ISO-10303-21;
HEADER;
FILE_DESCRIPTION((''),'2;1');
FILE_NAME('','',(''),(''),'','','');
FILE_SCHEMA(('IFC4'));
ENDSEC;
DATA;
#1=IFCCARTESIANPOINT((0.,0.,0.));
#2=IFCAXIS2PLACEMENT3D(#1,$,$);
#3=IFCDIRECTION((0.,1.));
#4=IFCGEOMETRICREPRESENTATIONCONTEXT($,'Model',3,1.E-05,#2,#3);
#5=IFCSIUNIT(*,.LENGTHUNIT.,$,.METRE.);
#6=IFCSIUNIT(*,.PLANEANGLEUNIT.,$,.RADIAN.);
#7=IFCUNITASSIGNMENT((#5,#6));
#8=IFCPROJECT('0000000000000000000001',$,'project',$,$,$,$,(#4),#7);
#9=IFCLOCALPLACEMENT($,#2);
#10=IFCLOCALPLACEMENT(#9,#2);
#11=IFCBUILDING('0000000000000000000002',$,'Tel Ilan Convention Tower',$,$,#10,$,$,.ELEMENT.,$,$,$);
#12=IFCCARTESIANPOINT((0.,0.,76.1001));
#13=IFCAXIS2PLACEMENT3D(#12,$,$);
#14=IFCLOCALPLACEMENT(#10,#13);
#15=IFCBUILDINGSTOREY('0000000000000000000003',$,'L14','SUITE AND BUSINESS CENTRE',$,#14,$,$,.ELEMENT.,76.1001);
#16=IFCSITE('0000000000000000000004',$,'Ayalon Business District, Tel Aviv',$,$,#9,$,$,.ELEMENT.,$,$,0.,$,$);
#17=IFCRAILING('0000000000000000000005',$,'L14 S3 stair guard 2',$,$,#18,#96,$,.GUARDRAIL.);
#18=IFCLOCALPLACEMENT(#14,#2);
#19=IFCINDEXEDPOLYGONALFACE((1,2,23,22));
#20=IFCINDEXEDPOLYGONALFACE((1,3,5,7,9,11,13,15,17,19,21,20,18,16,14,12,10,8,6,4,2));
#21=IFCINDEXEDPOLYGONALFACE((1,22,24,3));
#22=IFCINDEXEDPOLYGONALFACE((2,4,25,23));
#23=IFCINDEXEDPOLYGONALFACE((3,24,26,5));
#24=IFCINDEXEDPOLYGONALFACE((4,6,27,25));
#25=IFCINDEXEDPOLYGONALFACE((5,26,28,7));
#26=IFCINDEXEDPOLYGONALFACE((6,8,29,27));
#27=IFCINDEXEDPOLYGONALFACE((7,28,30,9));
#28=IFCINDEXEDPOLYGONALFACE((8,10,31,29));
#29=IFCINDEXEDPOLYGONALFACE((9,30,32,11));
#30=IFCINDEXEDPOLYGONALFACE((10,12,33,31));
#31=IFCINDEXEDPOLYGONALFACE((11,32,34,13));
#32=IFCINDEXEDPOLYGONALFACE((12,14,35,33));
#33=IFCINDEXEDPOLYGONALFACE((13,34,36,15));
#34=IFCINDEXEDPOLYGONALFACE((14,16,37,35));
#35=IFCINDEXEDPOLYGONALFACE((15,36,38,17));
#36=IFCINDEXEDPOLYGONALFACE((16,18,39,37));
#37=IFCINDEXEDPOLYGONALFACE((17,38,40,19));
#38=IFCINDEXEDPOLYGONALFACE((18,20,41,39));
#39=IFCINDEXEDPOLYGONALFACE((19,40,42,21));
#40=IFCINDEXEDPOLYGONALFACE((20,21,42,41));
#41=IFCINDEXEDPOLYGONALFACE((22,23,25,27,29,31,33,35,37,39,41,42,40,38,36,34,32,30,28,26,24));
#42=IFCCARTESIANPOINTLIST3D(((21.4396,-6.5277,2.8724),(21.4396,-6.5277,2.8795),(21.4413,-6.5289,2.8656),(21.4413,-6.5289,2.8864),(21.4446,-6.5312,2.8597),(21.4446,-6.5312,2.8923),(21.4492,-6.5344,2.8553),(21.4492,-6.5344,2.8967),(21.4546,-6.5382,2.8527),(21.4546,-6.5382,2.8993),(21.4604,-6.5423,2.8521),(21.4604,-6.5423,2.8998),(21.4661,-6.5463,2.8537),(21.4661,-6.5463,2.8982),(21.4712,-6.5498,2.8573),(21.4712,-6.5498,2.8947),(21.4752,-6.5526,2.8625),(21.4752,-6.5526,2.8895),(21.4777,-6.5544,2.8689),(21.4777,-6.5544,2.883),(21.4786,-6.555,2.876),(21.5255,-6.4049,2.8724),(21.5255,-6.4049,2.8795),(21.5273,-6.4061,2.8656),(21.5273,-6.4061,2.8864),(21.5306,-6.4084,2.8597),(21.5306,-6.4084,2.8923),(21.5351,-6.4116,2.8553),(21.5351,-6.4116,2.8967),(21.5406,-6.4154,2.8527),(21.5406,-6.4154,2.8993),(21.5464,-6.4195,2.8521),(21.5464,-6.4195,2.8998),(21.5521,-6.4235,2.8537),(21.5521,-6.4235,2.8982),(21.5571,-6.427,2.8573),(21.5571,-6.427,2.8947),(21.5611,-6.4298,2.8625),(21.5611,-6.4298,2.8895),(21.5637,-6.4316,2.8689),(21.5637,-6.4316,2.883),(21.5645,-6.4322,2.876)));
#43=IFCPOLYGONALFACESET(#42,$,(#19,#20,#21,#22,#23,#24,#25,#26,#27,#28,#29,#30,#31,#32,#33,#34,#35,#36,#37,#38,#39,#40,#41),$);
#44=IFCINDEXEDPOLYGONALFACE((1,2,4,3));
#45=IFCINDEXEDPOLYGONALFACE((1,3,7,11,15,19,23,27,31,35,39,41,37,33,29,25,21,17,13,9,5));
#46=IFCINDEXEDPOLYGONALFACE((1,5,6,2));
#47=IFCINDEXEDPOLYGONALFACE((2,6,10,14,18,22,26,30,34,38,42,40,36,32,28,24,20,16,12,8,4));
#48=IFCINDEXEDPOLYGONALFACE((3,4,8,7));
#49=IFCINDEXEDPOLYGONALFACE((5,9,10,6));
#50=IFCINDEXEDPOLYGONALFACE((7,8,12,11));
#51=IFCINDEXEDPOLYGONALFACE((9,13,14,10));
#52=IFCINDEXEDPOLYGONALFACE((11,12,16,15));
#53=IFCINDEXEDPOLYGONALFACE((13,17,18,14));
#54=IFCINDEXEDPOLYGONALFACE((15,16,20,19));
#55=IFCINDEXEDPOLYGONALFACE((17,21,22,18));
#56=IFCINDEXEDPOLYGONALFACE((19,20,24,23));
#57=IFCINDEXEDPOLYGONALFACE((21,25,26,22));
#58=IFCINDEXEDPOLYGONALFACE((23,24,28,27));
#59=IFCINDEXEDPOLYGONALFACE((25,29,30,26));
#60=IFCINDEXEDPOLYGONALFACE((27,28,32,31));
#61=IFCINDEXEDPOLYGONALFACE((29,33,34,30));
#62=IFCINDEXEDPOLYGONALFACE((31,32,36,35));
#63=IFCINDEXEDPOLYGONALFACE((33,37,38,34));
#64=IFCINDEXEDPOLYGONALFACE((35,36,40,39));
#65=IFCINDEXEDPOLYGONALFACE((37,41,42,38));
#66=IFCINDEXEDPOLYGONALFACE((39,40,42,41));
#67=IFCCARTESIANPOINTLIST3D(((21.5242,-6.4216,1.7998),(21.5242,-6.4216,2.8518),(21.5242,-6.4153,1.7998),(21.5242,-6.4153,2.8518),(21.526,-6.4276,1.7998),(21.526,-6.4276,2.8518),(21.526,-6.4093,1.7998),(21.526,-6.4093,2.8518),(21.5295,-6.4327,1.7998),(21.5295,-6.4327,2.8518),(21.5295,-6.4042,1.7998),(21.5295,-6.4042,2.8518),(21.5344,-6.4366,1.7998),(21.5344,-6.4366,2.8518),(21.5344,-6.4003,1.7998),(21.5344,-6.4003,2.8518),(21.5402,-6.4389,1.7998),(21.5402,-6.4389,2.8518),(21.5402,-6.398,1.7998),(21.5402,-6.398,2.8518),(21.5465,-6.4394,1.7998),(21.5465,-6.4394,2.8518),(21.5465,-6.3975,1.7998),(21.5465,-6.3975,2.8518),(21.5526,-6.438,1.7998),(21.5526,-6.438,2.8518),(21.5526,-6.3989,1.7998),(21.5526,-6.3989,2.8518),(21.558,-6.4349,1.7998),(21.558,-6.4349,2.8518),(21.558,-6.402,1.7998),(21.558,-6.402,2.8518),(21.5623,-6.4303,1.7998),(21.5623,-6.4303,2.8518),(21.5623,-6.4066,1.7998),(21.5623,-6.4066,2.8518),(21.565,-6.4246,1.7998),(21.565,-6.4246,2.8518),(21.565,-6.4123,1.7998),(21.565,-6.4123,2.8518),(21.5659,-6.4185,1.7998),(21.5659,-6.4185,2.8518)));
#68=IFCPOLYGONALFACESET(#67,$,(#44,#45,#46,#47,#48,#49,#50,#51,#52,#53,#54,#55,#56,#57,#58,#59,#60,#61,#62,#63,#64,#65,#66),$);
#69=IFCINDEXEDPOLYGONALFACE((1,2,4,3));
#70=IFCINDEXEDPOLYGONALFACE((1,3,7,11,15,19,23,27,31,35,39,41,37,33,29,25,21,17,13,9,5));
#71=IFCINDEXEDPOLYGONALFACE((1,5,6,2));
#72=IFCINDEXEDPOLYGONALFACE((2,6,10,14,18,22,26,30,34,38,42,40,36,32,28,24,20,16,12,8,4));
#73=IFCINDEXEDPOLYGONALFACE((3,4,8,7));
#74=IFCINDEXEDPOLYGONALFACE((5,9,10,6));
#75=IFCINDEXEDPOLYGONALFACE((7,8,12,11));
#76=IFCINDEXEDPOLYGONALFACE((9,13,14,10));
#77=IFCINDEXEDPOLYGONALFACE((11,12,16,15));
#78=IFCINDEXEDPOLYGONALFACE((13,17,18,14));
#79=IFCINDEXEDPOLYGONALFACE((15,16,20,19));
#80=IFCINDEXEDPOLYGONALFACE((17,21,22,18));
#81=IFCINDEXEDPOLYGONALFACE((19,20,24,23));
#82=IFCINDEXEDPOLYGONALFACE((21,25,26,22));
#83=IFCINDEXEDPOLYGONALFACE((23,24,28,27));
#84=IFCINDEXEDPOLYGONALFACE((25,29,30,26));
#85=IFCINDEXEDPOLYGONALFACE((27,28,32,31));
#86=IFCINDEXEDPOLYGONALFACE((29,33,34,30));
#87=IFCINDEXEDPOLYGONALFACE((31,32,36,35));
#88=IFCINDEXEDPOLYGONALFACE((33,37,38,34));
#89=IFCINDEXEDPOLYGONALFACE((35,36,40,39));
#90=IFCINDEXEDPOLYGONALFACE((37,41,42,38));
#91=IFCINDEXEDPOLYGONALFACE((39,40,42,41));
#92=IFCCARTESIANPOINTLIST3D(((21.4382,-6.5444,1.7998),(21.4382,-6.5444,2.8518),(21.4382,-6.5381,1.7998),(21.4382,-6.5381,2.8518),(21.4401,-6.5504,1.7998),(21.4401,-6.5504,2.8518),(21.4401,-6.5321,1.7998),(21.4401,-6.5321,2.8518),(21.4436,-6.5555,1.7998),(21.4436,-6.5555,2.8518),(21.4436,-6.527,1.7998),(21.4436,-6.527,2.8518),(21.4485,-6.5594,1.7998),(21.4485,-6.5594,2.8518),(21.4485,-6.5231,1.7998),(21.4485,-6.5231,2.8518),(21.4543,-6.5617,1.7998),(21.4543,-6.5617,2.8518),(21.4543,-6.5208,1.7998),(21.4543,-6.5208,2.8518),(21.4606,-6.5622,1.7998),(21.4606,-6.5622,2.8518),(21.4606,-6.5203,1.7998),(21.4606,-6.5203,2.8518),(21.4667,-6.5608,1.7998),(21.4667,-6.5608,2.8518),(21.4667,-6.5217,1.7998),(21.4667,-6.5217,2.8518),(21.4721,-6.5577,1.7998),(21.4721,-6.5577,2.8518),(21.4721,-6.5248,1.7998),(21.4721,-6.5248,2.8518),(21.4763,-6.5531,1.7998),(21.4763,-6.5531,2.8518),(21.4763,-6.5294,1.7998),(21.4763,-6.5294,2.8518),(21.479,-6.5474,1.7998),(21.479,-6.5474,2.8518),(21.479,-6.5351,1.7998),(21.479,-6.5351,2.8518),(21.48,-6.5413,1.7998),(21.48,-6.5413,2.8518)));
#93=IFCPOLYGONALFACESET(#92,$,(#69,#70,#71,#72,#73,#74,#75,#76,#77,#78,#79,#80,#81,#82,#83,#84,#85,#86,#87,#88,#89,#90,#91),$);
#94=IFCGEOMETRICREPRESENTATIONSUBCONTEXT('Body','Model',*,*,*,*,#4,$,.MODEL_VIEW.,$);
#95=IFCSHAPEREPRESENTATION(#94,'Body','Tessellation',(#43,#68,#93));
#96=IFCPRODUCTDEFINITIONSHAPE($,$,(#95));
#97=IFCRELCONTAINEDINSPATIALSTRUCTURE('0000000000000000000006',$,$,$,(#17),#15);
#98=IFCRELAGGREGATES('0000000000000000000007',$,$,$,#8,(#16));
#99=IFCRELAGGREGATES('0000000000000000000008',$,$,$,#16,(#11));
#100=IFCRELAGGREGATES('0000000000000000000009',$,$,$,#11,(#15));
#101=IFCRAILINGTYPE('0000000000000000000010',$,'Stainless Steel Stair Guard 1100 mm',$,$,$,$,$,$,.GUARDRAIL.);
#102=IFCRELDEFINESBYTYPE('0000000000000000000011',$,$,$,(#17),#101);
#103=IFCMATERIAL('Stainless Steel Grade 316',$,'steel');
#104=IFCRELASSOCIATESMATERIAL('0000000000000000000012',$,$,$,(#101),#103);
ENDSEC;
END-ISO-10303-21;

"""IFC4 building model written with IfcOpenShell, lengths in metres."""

from ifc_helpers import new_model, si_unit, direction, frame, origin, origin_2d, place, context, subcontext, project, spatial, circle, extrude, material, type_object, element, save


model = new_model("IFC4")

# Units and contexts
model_context = context("Model", 3, precision=1e-05, world=origin(), true_north=direction((0.0, 1.0)))
body_context = subcontext(model_context, "Body", "Model", "MODEL_VIEW")
ifc_project = project(units=[si_unit("LENGTHUNIT", "METRE"), si_unit("PLANEANGLEUNIT", "RADIAN")], contexts=[model_context])

# Site, building, storey
site_placement = place(None, origin())
site = spatial("IfcSite", under=ifc_project, at=site_placement, Name="Ayalon Business District, Tel Aviv", CompositionType="ELEMENT", RefElevation=0.0)
building_placement = place(site_placement, origin())
building = spatial("IfcBuilding", under=site, at=building_placement, Name="Tel Ilan Convention Tower", CompositionType="ELEMENT")
storey_placement = place(building_placement, frame((0.0, 0.0, 76.1001)))
storey = spatial("IfcBuildingStorey", under=building, at=storey_placement, Name="L14", Description="SUITE AND BUSINESS CENTRE", CompositionType="ELEMENT", Elevation=76.1001)

# Railing
ifc_material_1 = material(Name="Stainless Steel Grade 316", Category="steel")
railing_type_1 = type_object("IfcRailingType", Name="Stainless Steel Stair Guard 1100 mm", PredefinedType="GUARDRAIL", material=ifc_material_1)
railing_1_placement = place(storey_placement, frame((21.5449, -6.4185, 1.7998)))
element("IfcRailing", 1, at=railing_1_placement, inside=storey, type_object=railing_type_1, Name="L14 S3 stair guard 2", PredefinedType="GUARDRAIL", context=body_context, shape_type="SweptSolid", body=[
    extrude(circle(Radius=0.0239, at=origin_2d()), frame((0.0, 0.0, 1.0762), z_axis=(-0.573353, -0.819308, 0.0), x_axis=(0.819308, -0.573353, 0.0)), (0.0, 0.0, 1.0), 0.1499),
    extrude(circle(Radius=0.021, at=origin_2d()), origin(), (0.0, 0.0, 1.0), 1.052),
    extrude(circle(Radius=0.021, at=origin_2d()), frame((-0.0859, -0.1228, 0.0)), (0.0, 0.0, 1.0), 1.052),
])

save(model, "model.ifc")
